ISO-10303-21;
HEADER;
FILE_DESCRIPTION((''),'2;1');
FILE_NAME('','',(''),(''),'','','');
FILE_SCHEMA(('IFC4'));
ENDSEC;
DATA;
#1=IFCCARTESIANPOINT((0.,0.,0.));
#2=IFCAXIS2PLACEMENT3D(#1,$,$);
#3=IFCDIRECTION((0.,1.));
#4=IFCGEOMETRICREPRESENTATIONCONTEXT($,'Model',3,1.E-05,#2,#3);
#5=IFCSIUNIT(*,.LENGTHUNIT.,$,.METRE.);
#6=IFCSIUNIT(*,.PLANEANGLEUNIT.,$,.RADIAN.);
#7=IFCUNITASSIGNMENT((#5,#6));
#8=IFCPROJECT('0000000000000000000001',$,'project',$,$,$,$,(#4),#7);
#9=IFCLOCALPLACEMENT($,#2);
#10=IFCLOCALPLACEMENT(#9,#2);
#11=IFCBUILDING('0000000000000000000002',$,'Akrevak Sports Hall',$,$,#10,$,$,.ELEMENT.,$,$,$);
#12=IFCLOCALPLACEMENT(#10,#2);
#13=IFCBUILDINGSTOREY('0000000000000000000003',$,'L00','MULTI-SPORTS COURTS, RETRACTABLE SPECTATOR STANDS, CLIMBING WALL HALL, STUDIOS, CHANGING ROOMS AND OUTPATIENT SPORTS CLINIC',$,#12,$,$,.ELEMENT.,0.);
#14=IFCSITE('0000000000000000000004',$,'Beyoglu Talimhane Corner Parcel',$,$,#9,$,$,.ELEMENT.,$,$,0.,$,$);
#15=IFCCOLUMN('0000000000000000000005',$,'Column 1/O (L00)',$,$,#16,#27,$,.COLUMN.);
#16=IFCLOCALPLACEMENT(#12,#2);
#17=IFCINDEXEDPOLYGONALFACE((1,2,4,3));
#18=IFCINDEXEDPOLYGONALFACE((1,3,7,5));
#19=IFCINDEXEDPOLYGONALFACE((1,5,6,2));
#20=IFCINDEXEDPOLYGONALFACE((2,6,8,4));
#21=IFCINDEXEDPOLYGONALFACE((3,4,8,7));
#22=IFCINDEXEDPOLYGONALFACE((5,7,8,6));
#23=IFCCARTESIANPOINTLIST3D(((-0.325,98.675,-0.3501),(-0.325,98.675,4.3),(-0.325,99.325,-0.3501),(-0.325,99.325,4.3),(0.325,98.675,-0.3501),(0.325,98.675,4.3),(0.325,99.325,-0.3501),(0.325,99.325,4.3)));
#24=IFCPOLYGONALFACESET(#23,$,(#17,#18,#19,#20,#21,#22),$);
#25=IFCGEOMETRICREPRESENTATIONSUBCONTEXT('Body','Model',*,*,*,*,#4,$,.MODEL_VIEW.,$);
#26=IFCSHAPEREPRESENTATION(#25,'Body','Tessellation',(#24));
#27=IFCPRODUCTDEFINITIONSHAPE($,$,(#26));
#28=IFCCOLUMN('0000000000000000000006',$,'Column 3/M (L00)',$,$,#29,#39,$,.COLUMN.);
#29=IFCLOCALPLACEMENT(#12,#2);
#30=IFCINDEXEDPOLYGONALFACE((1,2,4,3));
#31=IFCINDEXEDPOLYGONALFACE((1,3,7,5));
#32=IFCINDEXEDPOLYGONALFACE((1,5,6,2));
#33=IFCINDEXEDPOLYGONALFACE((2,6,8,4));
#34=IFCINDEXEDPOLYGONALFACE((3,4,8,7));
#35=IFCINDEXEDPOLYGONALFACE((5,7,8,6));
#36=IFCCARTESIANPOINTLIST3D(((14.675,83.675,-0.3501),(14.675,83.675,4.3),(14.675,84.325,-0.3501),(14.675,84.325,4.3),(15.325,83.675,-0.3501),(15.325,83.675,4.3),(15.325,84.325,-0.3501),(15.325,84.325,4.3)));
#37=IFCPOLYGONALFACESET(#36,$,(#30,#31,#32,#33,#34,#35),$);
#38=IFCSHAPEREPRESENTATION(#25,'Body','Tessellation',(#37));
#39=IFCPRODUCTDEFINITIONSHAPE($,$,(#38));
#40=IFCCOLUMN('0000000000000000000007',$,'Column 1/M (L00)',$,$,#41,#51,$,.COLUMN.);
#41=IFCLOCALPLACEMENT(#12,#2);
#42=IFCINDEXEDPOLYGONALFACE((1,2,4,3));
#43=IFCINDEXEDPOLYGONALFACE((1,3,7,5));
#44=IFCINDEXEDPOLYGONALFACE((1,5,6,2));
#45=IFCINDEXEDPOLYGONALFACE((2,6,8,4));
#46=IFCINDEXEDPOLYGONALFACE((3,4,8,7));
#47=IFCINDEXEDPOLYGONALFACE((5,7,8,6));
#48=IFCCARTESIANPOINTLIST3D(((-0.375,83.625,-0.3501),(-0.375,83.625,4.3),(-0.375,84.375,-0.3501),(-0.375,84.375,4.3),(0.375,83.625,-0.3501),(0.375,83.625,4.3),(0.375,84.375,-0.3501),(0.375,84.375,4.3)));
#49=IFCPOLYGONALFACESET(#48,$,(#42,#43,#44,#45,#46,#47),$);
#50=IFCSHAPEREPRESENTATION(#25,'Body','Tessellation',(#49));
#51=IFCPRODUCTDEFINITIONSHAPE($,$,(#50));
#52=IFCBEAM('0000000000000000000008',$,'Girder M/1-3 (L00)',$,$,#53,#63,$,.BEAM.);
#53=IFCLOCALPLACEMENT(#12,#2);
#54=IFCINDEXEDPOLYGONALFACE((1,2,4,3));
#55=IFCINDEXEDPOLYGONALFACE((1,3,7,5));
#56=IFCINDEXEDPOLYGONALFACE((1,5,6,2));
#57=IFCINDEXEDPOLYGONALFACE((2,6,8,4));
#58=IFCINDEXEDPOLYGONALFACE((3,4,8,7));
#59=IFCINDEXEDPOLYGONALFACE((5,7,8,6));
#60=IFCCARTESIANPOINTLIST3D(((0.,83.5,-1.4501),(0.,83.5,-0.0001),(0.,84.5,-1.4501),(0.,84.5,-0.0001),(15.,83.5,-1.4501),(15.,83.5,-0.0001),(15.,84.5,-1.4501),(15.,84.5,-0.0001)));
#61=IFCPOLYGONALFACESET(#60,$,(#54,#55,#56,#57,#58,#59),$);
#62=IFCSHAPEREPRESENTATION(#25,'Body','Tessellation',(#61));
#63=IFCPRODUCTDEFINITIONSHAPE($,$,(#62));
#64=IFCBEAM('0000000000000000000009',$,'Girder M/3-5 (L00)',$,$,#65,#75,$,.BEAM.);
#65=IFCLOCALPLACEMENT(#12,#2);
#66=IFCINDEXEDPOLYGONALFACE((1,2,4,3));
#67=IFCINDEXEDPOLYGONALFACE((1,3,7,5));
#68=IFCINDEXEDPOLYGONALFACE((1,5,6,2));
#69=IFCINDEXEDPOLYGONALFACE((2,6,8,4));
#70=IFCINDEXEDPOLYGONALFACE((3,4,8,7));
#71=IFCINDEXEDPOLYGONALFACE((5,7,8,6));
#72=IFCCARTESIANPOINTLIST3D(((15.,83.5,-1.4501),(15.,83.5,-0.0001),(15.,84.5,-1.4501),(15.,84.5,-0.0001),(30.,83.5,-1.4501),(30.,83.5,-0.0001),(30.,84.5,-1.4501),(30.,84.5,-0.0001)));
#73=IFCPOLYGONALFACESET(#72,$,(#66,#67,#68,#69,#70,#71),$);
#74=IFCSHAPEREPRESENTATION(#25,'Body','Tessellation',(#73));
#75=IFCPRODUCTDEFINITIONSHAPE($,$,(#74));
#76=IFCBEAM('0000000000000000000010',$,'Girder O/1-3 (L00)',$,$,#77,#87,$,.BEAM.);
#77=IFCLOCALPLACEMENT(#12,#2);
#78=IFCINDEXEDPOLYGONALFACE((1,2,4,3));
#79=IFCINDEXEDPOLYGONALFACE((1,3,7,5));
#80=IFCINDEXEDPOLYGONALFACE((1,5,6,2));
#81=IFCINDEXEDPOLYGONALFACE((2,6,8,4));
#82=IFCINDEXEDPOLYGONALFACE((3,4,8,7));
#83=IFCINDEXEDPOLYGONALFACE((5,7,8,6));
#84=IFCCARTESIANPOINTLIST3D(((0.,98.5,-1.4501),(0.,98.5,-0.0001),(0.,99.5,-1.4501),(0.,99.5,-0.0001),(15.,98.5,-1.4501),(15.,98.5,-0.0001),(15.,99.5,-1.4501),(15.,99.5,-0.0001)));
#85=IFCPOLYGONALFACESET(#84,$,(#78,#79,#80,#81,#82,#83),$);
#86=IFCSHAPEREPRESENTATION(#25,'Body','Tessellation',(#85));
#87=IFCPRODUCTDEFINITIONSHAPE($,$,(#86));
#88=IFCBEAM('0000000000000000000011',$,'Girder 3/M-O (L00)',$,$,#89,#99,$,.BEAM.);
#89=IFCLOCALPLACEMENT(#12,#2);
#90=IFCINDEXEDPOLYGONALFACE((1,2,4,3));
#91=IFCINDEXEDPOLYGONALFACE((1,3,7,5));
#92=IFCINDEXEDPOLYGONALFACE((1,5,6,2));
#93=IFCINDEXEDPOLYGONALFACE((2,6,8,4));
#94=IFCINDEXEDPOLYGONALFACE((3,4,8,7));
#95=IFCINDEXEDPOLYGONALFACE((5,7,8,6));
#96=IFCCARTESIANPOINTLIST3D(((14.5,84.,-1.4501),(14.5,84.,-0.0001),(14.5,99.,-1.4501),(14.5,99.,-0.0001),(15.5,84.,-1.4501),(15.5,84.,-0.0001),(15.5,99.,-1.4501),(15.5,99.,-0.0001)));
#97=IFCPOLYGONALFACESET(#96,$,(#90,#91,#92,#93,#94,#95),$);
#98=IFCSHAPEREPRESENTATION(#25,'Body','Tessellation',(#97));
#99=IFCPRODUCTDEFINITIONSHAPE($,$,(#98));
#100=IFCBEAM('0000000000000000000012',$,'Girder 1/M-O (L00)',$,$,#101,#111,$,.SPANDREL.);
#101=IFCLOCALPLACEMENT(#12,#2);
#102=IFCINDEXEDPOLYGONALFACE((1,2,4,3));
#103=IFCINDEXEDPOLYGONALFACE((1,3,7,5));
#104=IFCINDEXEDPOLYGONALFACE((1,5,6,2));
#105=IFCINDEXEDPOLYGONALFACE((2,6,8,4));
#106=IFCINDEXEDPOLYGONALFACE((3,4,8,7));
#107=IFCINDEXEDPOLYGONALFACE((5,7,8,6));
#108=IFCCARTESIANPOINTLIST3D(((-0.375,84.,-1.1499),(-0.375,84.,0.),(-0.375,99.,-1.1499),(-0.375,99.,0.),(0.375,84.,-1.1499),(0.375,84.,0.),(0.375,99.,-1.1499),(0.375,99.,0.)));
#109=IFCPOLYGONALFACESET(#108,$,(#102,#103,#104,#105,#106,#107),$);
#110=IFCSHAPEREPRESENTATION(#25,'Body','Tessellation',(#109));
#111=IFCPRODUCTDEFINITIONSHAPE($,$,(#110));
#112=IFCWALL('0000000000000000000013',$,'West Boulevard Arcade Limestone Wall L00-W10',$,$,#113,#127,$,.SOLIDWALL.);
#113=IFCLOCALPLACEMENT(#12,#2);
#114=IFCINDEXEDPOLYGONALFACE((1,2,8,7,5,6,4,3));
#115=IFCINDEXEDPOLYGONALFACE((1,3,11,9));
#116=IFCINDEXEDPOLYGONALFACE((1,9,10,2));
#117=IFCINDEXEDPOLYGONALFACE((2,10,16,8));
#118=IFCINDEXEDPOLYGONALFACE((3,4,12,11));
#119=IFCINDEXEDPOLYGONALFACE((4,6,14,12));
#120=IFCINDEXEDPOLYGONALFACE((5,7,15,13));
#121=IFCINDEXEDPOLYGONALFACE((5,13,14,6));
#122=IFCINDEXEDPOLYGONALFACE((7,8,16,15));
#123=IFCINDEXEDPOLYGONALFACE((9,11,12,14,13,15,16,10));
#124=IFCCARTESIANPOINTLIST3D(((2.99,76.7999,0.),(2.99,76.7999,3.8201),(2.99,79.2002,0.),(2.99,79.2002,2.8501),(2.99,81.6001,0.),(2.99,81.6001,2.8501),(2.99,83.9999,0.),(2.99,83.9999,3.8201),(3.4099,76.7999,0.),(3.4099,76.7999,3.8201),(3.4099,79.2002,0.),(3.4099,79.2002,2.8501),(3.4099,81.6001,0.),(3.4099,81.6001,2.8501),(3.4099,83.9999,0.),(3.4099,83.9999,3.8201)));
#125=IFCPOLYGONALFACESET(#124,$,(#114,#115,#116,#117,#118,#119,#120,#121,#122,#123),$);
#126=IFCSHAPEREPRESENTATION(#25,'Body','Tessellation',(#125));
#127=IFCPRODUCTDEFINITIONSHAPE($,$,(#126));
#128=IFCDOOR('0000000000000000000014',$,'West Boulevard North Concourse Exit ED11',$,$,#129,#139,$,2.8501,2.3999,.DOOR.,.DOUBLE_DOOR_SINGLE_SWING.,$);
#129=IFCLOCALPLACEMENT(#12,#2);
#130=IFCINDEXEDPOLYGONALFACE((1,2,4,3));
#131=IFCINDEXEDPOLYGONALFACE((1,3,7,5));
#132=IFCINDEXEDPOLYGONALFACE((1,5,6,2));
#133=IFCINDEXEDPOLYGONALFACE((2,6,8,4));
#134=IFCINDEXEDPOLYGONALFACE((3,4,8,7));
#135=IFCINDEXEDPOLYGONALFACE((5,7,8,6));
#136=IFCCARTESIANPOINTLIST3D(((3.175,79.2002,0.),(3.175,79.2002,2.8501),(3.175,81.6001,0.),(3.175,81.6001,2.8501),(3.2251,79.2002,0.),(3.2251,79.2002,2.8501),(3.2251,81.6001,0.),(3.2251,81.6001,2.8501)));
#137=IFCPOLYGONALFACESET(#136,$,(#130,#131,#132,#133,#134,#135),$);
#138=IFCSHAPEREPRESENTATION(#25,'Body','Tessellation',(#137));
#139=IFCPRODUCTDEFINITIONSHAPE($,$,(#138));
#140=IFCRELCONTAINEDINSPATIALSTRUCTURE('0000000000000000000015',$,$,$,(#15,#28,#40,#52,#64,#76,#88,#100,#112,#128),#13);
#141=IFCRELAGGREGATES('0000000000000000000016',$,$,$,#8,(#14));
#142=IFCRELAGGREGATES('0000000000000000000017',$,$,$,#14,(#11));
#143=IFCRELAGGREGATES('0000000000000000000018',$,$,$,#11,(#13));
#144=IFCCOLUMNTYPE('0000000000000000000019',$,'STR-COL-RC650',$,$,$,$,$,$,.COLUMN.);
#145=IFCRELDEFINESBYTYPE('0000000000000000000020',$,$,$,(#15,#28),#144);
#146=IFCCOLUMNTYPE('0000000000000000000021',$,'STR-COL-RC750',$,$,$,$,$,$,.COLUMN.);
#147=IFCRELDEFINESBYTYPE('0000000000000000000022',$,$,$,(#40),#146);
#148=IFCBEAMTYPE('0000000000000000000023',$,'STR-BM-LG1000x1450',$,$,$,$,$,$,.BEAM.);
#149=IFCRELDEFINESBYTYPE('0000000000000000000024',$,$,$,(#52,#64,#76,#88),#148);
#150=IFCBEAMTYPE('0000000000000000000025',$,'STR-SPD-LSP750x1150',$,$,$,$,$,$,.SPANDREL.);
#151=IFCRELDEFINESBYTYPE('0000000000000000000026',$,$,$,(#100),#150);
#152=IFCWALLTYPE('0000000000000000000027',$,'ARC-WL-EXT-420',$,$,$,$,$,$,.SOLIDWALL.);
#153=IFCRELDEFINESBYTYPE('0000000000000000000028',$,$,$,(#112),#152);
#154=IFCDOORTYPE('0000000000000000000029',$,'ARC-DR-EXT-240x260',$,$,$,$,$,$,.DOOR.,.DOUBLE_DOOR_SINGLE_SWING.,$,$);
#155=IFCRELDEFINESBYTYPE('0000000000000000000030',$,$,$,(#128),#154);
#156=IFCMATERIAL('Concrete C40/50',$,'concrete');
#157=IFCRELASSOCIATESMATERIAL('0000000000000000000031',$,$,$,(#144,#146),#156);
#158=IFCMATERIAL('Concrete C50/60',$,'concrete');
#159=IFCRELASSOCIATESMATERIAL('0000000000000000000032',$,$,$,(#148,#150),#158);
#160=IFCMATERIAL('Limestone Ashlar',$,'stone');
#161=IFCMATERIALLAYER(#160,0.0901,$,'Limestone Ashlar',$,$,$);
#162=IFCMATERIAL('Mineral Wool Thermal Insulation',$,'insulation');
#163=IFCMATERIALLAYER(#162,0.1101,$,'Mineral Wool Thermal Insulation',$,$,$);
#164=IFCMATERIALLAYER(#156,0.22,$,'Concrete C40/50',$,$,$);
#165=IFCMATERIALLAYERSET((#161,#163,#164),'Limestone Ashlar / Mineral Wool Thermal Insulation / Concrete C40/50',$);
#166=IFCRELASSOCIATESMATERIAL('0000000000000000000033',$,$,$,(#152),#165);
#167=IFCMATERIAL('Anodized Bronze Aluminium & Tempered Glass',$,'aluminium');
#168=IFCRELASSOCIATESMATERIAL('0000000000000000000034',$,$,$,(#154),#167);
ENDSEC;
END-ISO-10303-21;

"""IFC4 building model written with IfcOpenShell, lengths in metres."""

from ifc_helpers import new_model, si_unit, direction, frame, frame_2d, origin, origin_2d, place, context, subcontext, project, spatial, rectangle, extrude, material, layer, layer_set, material_profile, profile_set, type_object, element, fill, save


model = new_model("IFC4")

# Units and contexts
model_context = context("Model", 3, precision=1e-05, world=origin(), true_north=direction((0.0, 1.0)))
body_context = subcontext(model_context, "Body", "Model", "MODEL_VIEW")
ifc_project = project(units=[si_unit("LENGTHUNIT", "METRE"), si_unit("PLANEANGLEUNIT", "RADIAN")], contexts=[model_context])

# Site, building, storey
site_placement = place(None, origin())
site = spatial("IfcSite", under=ifc_project, at=site_placement, Name="Beyoglu Talimhane Corner Parcel", CompositionType="ELEMENT", RefElevation=0.0)
building_placement = place(site_placement, origin())
building = spatial("IfcBuilding", under=site, at=building_placement, Name="Akrevak Sports Hall", CompositionType="ELEMENT")
storey_placement = place(building_placement, origin())
storey = spatial("IfcBuildingStorey", under=building, at=storey_placement, Name="L00", Description="MULTI-SPORTS COURTS, RETRACTABLE SPECTATOR STANDS, CLIMBING WALL HALL, STUDIOS, CHANGING ROOMS AND OUTPATIENT SPORTS CLINIC", CompositionType="ELEMENT", Elevation=0.0)

# Columns
ifc_material_1 = material(Name="Concrete C40/50", Category="concrete")
ifc_material_profile_1 = material_profile(ifc_material_1, rectangle(XDim=0.6499, YDim=0.6499, at=origin_2d()), Name="RC 650x650", Category="concrete")
ifc_profile_set_1 = profile_set([ifc_material_profile_1], Name="Concrete C40/50")
column_type_1 = type_object("IfcColumnType", Name="STR-COL-RC650", PredefinedType="COLUMN", material=ifc_profile_set_1)
for number, where, z_axis, x_axis, name in (
    (1, (0.0, 99.0, -0.3501), (0.0, 0.0, 1.0), (1.0, 0.0, 0.0), "Column 1/O (L00)"),
    (2, (15.0, 84.0, -0.3501), (0.0, 0.0, 1.0), (1.0, 0.0, 0.0), "Column 3/M (L00)"),
):
    element("IfcColumn", number, at=place(storey_placement, frame(where, z_axis=z_axis, x_axis=x_axis)), inside=storey, type_object=column_type_1, Name=name, PredefinedType="COLUMN", context=body_context, shape_type="SweptSolid", body=[
        extrude(rectangle(XDim=0.6499, YDim=0.6499, at=origin_2d()), origin(), (0.0, 0.0, 1.0), 4.6501),
    ])
ifc_material_profile_2 = material_profile(ifc_material_1, rectangle(XDim=0.75, YDim=0.75, at=origin_2d()), Name="RC 750x750", Category="concrete")
ifc_profile_set_2 = profile_set([ifc_material_profile_2], Name="Concrete C40/50")
column_type_2 = type_object("IfcColumnType", Name="STR-COL-RC750", PredefinedType="COLUMN", material=ifc_profile_set_2)
column_placement = place(storey_placement, frame((0.0, 84.0, -0.3501), z_axis=(0.0, 0.0, 1.0), x_axis=(1.0, 0.0, 0.0)))
element("IfcColumn", 3, at=column_placement, inside=storey, type_object=column_type_2, Name="Column 1/M (L00)", PredefinedType="COLUMN", context=body_context, shape_type="SweptSolid", body=[
    extrude(rectangle(XDim=0.75, YDim=0.75, at=origin_2d()), origin(), (0.0, 0.0, 1.0), 4.6501),
])

# Beams
ifc_material_2 = material(Name="Concrete C50/60", Category="concrete")
ifc_material_profile_3 = material_profile(ifc_material_2, rectangle(XDim=1.0, YDim=1.45, at=origin_2d()), Name="BM 1000x1450", Category="concrete")
ifc_profile_set_3 = profile_set([ifc_material_profile_3], Name="Concrete C50/60")
beam_type_1 = type_object("IfcBeamType", Name="STR-BM-LG1000x1450", PredefinedType="BEAM", material=ifc_profile_set_3)
for number, where, z_axis, x_axis, name in (
    (4, (0.0, 84.0, -0.7251), (1.0, 0.0, 0.0), (0.0, 1.0, 0.0), "Girder M/1-3 (L00)"),
    (5, (15.0, 84.0, -0.7251), (1.0, 0.0, 0.0), (0.0, 1.0, 0.0), "Girder M/3-5 (L00)"),
    (6, (0.0, 99.0, -0.7251), (1.0, 0.0, 0.0), (0.0, 1.0, 0.0), "Girder O/1-3 (L00)"),
    (7, (15.0, 84.0, -0.7251), (0.0, 1.0, 0.0), (-1.0, 0.0, 0.0), "Girder 3/M-O (L00)"),
):
    element("IfcBeam", number, at=place(storey_placement, frame(where, z_axis=z_axis, x_axis=x_axis)), inside=storey, type_object=beam_type_1, Name=name, PredefinedType="BEAM", context=body_context, shape_type="SweptSolid", body=[
        extrude(rectangle(XDim=1.0, YDim=1.45, at=origin_2d()), origin(), (0.0, 0.0, 1.0), 15.0),
    ])
ifc_material_profile_4 = material_profile(ifc_material_2, rectangle(XDim=0.75, YDim=1.1499, at=origin_2d()), Name="SPD 750x1150", Category="concrete")
ifc_profile_set_4 = profile_set([ifc_material_profile_4], Name="Concrete C50/60")
beam_type_2 = type_object("IfcBeamType", Name="STR-SPD-LSP750x1150", PredefinedType="SPANDREL", material=ifc_profile_set_4)
beam_placement = place(storey_placement, frame((0.0, 84.0, -0.575), z_axis=(0.0, 1.0, 0.0), x_axis=(-1.0, 0.0, 0.0)))
element("IfcBeam", 8, at=beam_placement, inside=storey, type_object=beam_type_2, Name="Girder 1/M-O (L00)", PredefinedType="SPANDREL", context=body_context, shape_type="SweptSolid", body=[
    extrude(rectangle(XDim=0.75, YDim=1.1499, at=origin_2d()), origin(), (0.0, 0.0, 1.0), 15.0),
])

# Wall, opening, door
ifc_material_3 = material(Name="Limestone Ashlar", Category="stone")
ifc_layer_1 = layer(ifc_material_3, 0.0901, Name="Limestone Ashlar")
ifc_material_4 = material(Name="Mineral Wool Thermal Insulation", Category="insulation")
ifc_layer_2 = layer(ifc_material_4, 0.1101, Name="Mineral Wool Thermal Insulation")
ifc_layer_3 = layer(ifc_material_1, 0.22, Name="Concrete C40/50")
ifc_layer_set_1 = layer_set([ifc_layer_1, ifc_layer_2, ifc_layer_3], Name="Limestone Ashlar / Mineral Wool Thermal Insulation / Concrete C40/50")
wall_type_1 = type_object("IfcWallType", Name="ARC-WL-EXT-420", PredefinedType="SOLIDWALL", material=ifc_layer_set_1)
wall_1_placement = place(storey_placement, frame((3.2, 84.0, 0.0), z_axis=(0.0, 0.0, 1.0), x_axis=(0.0, -1.0, 0.0)))
wall_1 = element("IfcWall", 9, at=wall_1_placement, inside=storey, type_object=wall_type_1, Name="West Boulevard Arcade Limestone Wall L00-W10", PredefinedType="SOLIDWALL", context=body_context, shape_type="SweptSolid", body=[
    extrude(rectangle(XDim=7.2, YDim=0.4199, at=frame_2d((3.6001, 0.0))), origin(), (0.0, 0.0, 1.0), 3.8201),
])
opening_1_placement = place(wall_1_placement, frame((2.3999, 0.0, 0.0)))
opening_1 = element("IfcOpeningElement", 10, at=opening_1_placement, cuts=wall_1, PredefinedType="OPENING", context=body_context, shape_type="SweptSolid", body=[
    extrude(rectangle(XDim=2.3999, YDim=2.8501, at=frame_2d((1.2, 1.425))), frame((0.0, 0.2219, 0.0), z_axis=(0.0, -1.0, 0.0), x_axis=(1.0, 0.0, 0.0)), (0.0, 0.0, 1.0), 0.4438),
])
ifc_material_5 = material(Name="Anodized Bronze Aluminium & Tempered Glass", Category="aluminium")
door_type_1 = type_object("IfcDoorType", Name="ARC-DR-EXT-240x260", OperationType="DOUBLE_DOOR_SINGLE_SWING", PredefinedType="DOOR", material=ifc_material_5)
door_1_placement = place(opening_1_placement, frame((2.3999, 0.0, 0.0), z_axis=(0.0, 0.0, 1.0), x_axis=(-1.0, 0.0, 0.0)))
door_1 = element("IfcDoor", 11, at=door_1_placement, inside=storey, type_object=door_type_1, Name="West Boulevard North Concourse Exit ED11", OperationType="DOUBLE_DOOR_SINGLE_SWING", OverallHeight=2.8501, OverallWidth=2.3999, PredefinedType="DOOR", context=body_context, shape_type="SweptSolid", body=[
    extrude(rectangle(XDim=2.3999, YDim=2.8501, at=frame_2d((1.2, 1.425))), frame((0.0, 0.0249, 0.0), z_axis=(0.0, -1.0, 0.0), x_axis=(1.0, 0.0, 0.0)), (0.0, 0.0, 1.0), 0.05),
])
fill(opening_1, door_1)

save(model, "model.ifc")
